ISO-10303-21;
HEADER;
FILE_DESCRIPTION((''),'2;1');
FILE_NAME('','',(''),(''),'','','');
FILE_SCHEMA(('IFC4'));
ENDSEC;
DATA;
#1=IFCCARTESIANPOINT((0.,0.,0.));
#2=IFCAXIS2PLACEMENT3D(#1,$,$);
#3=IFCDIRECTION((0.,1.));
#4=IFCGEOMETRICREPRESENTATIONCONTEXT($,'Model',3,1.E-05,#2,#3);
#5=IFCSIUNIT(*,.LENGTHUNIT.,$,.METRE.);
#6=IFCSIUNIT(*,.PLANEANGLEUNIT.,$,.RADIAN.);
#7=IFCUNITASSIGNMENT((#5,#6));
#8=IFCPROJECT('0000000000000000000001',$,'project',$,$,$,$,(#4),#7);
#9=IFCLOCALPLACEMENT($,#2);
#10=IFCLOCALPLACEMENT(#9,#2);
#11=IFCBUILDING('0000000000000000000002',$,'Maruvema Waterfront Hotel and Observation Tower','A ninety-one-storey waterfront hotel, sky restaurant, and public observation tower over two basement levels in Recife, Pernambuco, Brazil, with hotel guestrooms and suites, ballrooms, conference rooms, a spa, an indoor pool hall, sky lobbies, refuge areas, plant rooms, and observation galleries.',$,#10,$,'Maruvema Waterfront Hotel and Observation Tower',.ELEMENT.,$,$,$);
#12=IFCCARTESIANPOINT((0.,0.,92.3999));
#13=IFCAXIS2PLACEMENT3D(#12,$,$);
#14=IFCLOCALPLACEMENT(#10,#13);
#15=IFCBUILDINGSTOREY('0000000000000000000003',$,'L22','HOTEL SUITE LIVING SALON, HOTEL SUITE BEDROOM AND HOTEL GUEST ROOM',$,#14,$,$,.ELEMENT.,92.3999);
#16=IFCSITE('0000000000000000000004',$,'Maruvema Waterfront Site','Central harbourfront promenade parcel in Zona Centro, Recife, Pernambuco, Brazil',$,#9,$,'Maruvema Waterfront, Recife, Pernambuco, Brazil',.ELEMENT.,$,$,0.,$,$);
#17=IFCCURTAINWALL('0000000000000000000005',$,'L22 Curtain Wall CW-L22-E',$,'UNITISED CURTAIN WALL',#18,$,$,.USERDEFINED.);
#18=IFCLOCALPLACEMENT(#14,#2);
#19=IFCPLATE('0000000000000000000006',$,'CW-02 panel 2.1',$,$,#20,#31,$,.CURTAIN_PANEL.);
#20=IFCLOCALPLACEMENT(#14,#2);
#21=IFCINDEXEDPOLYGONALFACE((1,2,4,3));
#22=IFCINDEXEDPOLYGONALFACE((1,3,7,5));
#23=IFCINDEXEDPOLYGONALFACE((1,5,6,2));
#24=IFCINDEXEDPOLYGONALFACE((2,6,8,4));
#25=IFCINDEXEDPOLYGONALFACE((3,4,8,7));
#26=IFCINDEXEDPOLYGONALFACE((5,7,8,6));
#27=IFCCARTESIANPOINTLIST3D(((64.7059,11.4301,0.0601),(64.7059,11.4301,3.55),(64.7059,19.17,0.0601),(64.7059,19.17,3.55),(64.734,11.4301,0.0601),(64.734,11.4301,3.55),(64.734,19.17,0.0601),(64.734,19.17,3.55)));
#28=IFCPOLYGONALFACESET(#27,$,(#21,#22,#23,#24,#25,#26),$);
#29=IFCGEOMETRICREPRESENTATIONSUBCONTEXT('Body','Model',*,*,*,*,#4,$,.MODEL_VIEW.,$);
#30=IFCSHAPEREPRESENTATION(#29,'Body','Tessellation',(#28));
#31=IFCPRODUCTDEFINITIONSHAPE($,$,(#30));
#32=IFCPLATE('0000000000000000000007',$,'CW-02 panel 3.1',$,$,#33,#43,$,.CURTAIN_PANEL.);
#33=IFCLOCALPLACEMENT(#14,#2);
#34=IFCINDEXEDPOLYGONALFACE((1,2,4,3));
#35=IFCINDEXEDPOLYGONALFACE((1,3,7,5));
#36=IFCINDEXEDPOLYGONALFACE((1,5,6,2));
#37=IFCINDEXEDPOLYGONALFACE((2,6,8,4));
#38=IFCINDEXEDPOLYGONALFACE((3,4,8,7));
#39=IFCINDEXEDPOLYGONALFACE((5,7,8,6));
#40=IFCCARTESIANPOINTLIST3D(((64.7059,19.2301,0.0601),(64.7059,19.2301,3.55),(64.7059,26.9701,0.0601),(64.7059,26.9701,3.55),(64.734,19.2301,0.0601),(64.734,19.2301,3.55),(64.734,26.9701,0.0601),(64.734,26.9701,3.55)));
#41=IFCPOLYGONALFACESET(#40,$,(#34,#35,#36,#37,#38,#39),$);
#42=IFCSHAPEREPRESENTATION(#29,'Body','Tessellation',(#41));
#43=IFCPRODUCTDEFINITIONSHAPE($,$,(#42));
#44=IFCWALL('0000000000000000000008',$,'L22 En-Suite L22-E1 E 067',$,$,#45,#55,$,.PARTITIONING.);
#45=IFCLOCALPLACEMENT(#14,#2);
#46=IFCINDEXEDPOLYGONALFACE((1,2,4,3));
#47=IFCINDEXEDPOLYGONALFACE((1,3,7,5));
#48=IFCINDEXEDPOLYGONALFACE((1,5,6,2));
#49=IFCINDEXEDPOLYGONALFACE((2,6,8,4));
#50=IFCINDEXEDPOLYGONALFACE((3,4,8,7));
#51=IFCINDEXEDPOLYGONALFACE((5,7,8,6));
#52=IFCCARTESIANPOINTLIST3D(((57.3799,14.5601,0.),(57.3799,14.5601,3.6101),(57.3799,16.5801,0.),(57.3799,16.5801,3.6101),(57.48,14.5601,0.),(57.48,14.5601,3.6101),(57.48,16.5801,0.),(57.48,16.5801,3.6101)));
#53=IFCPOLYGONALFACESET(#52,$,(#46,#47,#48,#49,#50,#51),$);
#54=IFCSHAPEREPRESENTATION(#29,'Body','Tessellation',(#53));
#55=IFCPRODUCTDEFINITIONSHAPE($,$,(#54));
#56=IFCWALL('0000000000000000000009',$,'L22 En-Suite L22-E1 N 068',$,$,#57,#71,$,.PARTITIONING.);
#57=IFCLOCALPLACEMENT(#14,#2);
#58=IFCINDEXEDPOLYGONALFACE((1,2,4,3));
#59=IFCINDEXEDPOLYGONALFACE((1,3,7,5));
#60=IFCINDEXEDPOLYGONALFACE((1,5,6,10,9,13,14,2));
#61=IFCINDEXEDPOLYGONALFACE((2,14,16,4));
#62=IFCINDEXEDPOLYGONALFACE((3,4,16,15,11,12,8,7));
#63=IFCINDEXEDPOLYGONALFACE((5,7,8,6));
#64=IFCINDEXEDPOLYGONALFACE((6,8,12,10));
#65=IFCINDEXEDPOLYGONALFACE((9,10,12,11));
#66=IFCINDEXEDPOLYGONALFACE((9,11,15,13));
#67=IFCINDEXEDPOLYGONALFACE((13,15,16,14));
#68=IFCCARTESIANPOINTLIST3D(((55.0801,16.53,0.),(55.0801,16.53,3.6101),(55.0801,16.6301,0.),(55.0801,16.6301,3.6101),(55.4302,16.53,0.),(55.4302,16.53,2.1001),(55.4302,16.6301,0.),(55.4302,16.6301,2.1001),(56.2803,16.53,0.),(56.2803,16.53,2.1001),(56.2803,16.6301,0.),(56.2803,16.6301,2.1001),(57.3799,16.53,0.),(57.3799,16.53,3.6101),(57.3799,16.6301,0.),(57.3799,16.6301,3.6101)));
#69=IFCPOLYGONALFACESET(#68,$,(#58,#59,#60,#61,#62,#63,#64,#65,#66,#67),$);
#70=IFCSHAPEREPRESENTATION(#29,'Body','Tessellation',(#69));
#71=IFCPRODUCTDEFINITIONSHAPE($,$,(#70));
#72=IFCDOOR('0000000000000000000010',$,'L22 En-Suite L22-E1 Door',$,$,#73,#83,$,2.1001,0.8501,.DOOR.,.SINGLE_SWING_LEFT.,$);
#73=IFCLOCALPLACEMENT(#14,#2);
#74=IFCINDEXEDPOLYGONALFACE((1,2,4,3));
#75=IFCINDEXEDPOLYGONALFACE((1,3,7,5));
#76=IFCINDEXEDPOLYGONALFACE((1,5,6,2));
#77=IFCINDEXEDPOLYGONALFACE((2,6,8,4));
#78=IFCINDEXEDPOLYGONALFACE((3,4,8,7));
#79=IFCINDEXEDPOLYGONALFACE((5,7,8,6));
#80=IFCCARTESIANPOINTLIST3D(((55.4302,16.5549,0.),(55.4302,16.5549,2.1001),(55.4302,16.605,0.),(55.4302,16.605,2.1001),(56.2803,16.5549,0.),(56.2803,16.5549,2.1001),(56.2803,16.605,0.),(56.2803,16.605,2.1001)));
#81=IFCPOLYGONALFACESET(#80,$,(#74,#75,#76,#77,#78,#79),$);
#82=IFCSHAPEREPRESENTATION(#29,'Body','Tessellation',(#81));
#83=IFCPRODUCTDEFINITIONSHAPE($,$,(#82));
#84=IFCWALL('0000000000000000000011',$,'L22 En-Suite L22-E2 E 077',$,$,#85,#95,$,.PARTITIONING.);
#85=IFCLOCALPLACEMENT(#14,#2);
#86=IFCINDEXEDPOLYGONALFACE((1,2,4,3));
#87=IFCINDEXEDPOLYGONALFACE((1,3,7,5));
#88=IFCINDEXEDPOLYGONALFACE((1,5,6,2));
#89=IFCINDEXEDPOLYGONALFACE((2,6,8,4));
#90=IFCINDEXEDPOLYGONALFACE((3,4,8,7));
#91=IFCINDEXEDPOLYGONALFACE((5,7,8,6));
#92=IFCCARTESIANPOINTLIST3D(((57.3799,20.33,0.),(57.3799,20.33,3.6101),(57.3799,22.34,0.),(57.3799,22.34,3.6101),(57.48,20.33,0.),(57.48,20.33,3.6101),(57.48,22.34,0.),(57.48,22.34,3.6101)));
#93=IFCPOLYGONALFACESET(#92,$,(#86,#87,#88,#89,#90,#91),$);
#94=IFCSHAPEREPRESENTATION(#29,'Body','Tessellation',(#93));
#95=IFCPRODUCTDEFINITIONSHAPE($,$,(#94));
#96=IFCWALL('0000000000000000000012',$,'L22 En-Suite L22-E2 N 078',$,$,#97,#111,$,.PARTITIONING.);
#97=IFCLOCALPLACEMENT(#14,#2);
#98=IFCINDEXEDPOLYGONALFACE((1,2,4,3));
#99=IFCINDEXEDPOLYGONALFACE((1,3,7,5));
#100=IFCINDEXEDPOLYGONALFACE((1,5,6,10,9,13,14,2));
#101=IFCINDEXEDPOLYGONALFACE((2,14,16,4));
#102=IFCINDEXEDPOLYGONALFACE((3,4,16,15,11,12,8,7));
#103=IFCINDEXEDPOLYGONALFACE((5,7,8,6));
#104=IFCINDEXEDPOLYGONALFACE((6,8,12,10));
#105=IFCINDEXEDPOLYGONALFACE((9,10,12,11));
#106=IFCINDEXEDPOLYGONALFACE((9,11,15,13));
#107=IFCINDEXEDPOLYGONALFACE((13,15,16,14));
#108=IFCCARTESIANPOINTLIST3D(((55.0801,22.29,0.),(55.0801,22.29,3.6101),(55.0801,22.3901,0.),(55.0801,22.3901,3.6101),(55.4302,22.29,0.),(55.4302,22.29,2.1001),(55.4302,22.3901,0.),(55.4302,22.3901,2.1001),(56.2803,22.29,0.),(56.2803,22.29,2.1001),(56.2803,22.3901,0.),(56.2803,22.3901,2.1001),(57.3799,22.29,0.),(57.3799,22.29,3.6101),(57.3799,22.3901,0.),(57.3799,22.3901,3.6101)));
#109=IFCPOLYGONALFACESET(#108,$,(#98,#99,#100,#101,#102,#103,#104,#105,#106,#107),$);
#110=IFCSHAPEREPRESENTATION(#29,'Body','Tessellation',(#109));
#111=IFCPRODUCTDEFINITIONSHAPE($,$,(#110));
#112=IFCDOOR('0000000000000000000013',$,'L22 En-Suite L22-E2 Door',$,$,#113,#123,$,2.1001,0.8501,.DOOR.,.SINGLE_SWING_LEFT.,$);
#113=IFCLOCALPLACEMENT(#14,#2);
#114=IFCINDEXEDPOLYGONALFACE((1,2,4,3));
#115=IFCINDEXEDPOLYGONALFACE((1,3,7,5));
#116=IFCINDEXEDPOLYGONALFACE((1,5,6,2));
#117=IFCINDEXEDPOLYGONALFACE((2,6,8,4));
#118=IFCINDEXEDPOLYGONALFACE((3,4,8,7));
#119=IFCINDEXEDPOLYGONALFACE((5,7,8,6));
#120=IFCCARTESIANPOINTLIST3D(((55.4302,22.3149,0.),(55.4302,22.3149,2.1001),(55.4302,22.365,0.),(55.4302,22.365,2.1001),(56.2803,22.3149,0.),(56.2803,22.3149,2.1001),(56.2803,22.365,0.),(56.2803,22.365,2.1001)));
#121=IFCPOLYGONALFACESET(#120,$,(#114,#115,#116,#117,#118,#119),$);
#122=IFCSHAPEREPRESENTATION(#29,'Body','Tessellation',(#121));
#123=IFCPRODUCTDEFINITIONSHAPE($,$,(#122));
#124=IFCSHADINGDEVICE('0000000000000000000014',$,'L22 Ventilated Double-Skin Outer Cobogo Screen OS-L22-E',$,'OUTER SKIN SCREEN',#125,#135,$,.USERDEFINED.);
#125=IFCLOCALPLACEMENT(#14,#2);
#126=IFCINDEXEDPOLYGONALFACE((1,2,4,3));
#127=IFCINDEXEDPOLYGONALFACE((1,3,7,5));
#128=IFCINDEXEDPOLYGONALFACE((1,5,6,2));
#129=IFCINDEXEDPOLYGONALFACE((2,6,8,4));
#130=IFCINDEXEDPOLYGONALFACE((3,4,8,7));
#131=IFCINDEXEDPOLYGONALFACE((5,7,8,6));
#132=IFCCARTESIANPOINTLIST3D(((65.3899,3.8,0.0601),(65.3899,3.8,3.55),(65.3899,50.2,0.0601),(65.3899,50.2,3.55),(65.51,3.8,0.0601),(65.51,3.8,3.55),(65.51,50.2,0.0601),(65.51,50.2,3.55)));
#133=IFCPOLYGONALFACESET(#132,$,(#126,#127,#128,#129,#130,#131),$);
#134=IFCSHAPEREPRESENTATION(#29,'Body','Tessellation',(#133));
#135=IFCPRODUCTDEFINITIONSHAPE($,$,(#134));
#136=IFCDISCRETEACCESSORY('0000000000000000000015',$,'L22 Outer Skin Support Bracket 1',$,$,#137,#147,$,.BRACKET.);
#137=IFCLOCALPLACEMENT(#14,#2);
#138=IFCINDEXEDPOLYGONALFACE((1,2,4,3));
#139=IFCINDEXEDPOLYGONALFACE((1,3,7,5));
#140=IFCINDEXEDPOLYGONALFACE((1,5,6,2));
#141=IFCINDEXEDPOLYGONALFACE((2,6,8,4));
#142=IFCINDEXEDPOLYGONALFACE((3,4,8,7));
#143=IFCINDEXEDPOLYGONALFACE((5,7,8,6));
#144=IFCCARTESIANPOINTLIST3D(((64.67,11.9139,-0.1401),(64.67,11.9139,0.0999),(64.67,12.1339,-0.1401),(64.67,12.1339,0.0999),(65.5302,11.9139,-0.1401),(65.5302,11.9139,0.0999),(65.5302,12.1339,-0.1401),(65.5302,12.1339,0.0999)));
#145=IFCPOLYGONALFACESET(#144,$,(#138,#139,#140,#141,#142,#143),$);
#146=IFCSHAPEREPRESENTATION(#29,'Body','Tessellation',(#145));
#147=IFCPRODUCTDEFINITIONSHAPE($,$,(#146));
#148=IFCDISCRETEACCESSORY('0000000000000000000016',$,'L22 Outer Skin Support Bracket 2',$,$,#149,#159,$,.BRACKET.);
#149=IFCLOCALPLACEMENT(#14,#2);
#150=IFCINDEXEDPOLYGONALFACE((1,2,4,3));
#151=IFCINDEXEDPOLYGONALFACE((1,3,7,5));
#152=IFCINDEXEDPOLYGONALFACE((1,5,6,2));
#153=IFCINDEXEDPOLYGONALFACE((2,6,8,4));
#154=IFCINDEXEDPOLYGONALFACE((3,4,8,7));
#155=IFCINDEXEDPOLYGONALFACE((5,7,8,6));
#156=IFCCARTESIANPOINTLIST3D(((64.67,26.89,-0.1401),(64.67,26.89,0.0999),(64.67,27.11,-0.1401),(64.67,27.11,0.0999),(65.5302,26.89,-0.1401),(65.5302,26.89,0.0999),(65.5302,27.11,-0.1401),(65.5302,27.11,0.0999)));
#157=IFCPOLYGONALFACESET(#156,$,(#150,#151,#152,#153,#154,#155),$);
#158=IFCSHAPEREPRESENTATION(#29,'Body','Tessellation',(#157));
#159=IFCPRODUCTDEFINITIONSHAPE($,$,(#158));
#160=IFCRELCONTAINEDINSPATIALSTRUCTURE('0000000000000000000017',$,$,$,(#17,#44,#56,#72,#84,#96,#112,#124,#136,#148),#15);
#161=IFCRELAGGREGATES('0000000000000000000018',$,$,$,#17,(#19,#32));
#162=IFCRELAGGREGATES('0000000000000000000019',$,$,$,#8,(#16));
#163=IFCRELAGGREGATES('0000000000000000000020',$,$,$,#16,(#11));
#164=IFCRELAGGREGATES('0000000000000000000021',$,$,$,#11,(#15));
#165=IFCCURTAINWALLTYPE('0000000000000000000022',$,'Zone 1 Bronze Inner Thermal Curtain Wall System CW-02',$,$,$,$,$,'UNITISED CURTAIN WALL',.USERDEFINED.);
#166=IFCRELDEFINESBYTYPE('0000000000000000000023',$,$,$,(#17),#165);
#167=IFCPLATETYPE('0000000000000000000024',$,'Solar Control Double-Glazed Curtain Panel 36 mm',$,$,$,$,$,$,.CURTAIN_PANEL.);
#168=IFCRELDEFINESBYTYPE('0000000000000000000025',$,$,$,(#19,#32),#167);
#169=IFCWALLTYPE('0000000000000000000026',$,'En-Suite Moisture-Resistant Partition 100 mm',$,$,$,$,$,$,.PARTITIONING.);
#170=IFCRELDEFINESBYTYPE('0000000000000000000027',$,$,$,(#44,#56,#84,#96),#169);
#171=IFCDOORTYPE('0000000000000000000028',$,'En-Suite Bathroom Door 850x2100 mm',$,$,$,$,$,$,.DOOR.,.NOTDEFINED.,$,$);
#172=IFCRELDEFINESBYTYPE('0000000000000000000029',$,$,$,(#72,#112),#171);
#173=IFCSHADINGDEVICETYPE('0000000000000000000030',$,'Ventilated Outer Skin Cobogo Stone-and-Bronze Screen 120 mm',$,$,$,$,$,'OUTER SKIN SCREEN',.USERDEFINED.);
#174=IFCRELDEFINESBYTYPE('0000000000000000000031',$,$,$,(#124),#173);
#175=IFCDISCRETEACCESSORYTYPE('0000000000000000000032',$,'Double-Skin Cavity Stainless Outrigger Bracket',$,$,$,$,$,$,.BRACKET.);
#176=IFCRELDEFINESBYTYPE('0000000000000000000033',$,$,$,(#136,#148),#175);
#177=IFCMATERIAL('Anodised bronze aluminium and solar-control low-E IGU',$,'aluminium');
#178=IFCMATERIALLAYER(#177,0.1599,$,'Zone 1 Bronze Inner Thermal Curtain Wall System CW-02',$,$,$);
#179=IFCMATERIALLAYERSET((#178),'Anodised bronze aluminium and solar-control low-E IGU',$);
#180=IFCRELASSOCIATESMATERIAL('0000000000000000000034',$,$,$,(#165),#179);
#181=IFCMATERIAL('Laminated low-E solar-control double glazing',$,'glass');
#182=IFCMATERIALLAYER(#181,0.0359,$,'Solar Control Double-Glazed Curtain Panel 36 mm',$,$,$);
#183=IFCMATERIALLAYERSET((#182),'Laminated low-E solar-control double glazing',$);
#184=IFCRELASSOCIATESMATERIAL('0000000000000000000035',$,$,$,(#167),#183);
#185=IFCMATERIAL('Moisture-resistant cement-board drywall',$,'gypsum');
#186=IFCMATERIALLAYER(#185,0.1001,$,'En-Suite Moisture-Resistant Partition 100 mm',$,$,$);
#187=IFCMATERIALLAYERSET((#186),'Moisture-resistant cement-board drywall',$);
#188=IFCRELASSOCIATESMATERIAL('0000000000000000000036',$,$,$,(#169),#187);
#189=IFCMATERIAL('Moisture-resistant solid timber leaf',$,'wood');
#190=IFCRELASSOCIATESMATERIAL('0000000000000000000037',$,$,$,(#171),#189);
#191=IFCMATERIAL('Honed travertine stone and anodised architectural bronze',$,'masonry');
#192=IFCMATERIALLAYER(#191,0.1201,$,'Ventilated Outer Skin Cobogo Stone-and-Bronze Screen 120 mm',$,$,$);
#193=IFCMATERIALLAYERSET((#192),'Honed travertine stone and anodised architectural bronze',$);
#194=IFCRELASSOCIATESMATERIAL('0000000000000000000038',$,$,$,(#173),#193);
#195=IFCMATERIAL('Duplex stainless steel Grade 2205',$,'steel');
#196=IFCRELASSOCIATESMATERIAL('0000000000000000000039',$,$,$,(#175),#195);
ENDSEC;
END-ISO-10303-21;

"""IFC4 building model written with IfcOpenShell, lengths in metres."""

from ifc_helpers import new_model, si_unit, direction, frame, frame_2d, origin, origin_2d, place, context, subcontext, project, spatial, rectangle, extrude, material, layer, layer_set, type_object, element, fill, aggregate, save


model = new_model("IFC4")

# Units and contexts
model_context = context("Model", 3, precision=1e-05, world=origin(), true_north=direction((0.0, 1.0)))
body_context = subcontext(model_context, "Body", "Model", "MODEL_VIEW")
ifc_project = project(units=[si_unit("LENGTHUNIT", "METRE"), si_unit("PLANEANGLEUNIT", "RADIAN")], contexts=[model_context])

# Site, building, storey
site_placement = place(None, origin())
site = spatial("IfcSite", under=ifc_project, at=site_placement, Name="Maruvema Waterfront Site", Description="Central harbourfront promenade parcel in Zona Centro, Recife, Pernambuco, Brazil", LongName="Maruvema Waterfront, Recife, Pernambuco, Brazil", CompositionType="ELEMENT", RefElevation=0.0)
building_placement = place(site_placement, origin())
building = spatial("IfcBuilding", under=site, at=building_placement, Name="Maruvema Waterfront Hotel and Observation Tower", Description="A ninety-one-storey waterfront hotel, sky restaurant, and public observation tower over two basement levels in Recife, Pernambuco, Brazil, with hotel guestrooms and suites, ballrooms, conference rooms, a spa, an indoor pool hall, sky lobbies, refuge areas, plant rooms, and observation galleries.", LongName="Maruvema Waterfront Hotel and Observation Tower", CompositionType="ELEMENT")
storey_placement = place(building_placement, frame((0.0, 0.0, 92.3999)))
storey = spatial("IfcBuildingStorey", under=building, at=storey_placement, Name="L22", Description="HOTEL SUITE LIVING SALON, HOTEL SUITE BEDROOM AND HOTEL GUEST ROOM", CompositionType="ELEMENT", Elevation=92.3999)

# Curtain wall
ifc_material_1 = material(Name="Anodised bronze aluminium and solar-control low-E IGU", Category="aluminium")
ifc_layer_1 = layer(ifc_material_1, 0.1599, Name="Zone 1 Bronze Inner Thermal Curtain Wall System CW-02")
ifc_layer_set_1 = layer_set([ifc_layer_1], Name="Anodised bronze aluminium and solar-control low-E IGU")
curtain_wall_type = type_object("IfcCurtainWallType", Name="Zone 1 Bronze Inner Thermal Curtain Wall System CW-02", ElementType="UNITISED CURTAIN WALL", PredefinedType="USERDEFINED", material=ifc_layer_set_1)
curtain_wall_placement = place(storey_placement, origin())
curtain_wall = element("IfcCurtainWall", 1, at=curtain_wall_placement, inside=storey, type_object=curtain_wall_type, Name="L22 Curtain Wall CW-L22-E", ObjectType="UNITISED CURTAIN WALL", PredefinedType="USERDEFINED")

# Plates
ifc_material_2 = material(Name="Laminated low-E solar-control double glazing", Category="glass")
ifc_layer_2 = layer(ifc_material_2, 0.0359, Name="Solar Control Double-Glazed Curtain Panel 36 mm")
ifc_layer_set_2 = layer_set([ifc_layer_2], Name="Laminated low-E solar-control double glazing")
plate_type = type_object("IfcPlateType", Name="Solar Control Double-Glazed Curtain Panel 36 mm", PredefinedType="CURTAIN_PANEL", material=ifc_layer_set_2)
plate_1_placement = place(storey_placement, frame((64.72, 15.3, 0.0601), z_axis=(0.0, 0.0, 1.0), x_axis=(0.0, 1.0, 0.0)))
plate_1 = element("IfcPlate", 2, at=plate_1_placement, type_object=plate_type, Name="CW-02 panel 2.1", PredefinedType="CURTAIN_PANEL", context=body_context, shape_type="SweptSolid", body=[
    extrude(rectangle(XDim=7.74, YDim=0.0281, at=origin_2d()), origin(), (0.0, 0.0, 1.0), 3.49),
])
plate_2_placement = place(storey_placement, frame((64.72, 23.1001, 0.0601), z_axis=(0.0, 0.0, 1.0), x_axis=(0.0, 1.0, 0.0)))
plate_2 = element("IfcPlate", 3, at=plate_2_placement, type_object=plate_type, Name="CW-02 panel 3.1", PredefinedType="CURTAIN_PANEL", context=body_context, shape_type="SweptSolid", body=[
    extrude(rectangle(XDim=7.74, YDim=0.0281, at=origin_2d()), origin(), (0.0, 0.0, 1.0), 3.49),
])
aggregate(curtain_wall, [plate_1, plate_2])

# Wall
ifc_material_3 = material(Name="Moisture-resistant cement-board drywall", Category="gypsum")
ifc_layer_3 = layer(ifc_material_3, 0.1001, Name="En-Suite Moisture-Resistant Partition 100 mm")
ifc_layer_set_3 = layer_set([ifc_layer_3], Name="Moisture-resistant cement-board drywall")
wall_type = type_object("IfcWallType", Name="En-Suite Moisture-Resistant Partition 100 mm", PredefinedType="PARTITIONING", material=ifc_layer_set_3)
wall_1_placement = place(storey_placement, frame((57.4299, 14.5601, 0.0), z_axis=(0.0, 0.0, 1.0), x_axis=(0.0, 1.0, 0.0)))
element("IfcWall", 4, at=wall_1_placement, inside=storey, type_object=wall_type, Name="L22 En-Suite L22-E1 E 067", PredefinedType="PARTITIONING", context=body_context, shape_type="SweptSolid", body=[
    extrude(rectangle(XDim=2.02, YDim=0.1001, at=frame_2d((1.01, 0.0))), origin(), (0.0, 0.0, 1.0), 3.6101),
])

# Wall, opening, door
wall_2_placement = place(storey_placement, frame((55.0801, 16.5801, 0.0), z_axis=(0.0, 0.0, 1.0), x_axis=(1.0, 0.0, 0.0)))
wall_2 = element("IfcWall", 5, at=wall_2_placement, inside=storey, type_object=wall_type, Name="L22 En-Suite L22-E1 N 068", PredefinedType="PARTITIONING", context=body_context, shape_type="SweptSolid", body=[
    extrude(rectangle(XDim=2.2998, YDim=0.1001, at=frame_2d((1.1499, 0.0))), origin(), (0.0, 0.0, 1.0), 3.6101),
])
opening_1_placement = place(wall_2_placement, frame((0.3501, 0.0, 0.0)))
opening_1 = element("IfcOpeningElement", 6, at=opening_1_placement, cuts=wall_2, PredefinedType="OPENING", context=body_context, shape_type="SweptSolid", body=[
    extrude(rectangle(XDim=0.8501, YDim=2.1001, at=frame_2d((0.425, 1.05))), frame((0.0, 0.0601, 0.0), z_axis=(0.0, -1.0, 0.0), x_axis=(1.0, 0.0, 0.0)), (0.0, 0.0, 1.0), 0.1201),
])
ifc_material_4 = material(Name="Moisture-resistant solid timber leaf", Category="wood")
door_type = type_object("IfcDoorType", Name="En-Suite Bathroom Door 850x2100 mm", OperationType="NOTDEFINED", PredefinedType="DOOR", material=ifc_material_4)
door_1_placement = place(opening_1_placement, origin())
door_1 = element("IfcDoor", 7, at=door_1_placement, inside=storey, type_object=door_type, Name="L22 En-Suite L22-E1 Door", OperationType="SINGLE_SWING_LEFT", OverallHeight=2.1001, OverallWidth=0.8501, PredefinedType="DOOR", context=body_context, shape_type="SweptSolid", body=[
    extrude(rectangle(XDim=0.8501, YDim=2.1001, at=frame_2d((0.425, 1.05))), frame((0.0, 0.0249, 0.0), z_axis=(0.0, -1.0, 0.0), x_axis=(1.0, 0.0, 0.0)), (0.0, 0.0, 1.0), 0.05),
])
fill(opening_1, door_1)

# Wall
wall_3_placement = place(storey_placement, frame((57.4299, 20.3301, 0.0), z_axis=(0.0, 0.0, 1.0), x_axis=(0.0, 1.0, 0.0)))
element("IfcWall", 8, at=wall_3_placement, inside=storey, type_object=wall_type, Name="L22 En-Suite L22-E2 E 077", PredefinedType="PARTITIONING", context=body_context, shape_type="SweptSolid", body=[
    extrude(rectangle(XDim=2.01, YDim=0.1001, at=frame_2d((1.0049, 0.0))), origin(), (0.0, 0.0, 1.0), 3.6101),
])

# Wall, opening, door
wall_4_placement = place(storey_placement, frame((55.0801, 22.3401, 0.0), z_axis=(0.0, 0.0, 1.0), x_axis=(1.0, 0.0, 0.0)))
wall_4 = element("IfcWall", 9, at=wall_4_placement, inside=storey, type_object=wall_type, Name="L22 En-Suite L22-E2 N 078", PredefinedType="PARTITIONING", context=body_context, shape_type="SweptSolid", body=[
    extrude(rectangle(XDim=2.2998, YDim=0.1001, at=frame_2d((1.1499, 0.0))), origin(), (0.0, 0.0, 1.0), 3.6101),
])
opening_2_placement = place(wall_4_placement, frame((0.3501, 0.0, 0.0)))
opening_2 = element("IfcOpeningElement", 10, at=opening_2_placement, cuts=wall_4, PredefinedType="OPENING", context=body_context, shape_type="SweptSolid", body=[
    extrude(rectangle(XDim=0.8501, YDim=2.1001, at=frame_2d((0.425, 1.05))), frame((0.0, 0.0601, 0.0), z_axis=(0.0, -1.0, 0.0), x_axis=(1.0, 0.0, 0.0)), (0.0, 0.0, 1.0), 0.1201),
])
door_2_placement = place(opening_2_placement, origin())
door_2 = element("IfcDoor", 11, at=door_2_placement, inside=storey, type_object=door_type, Name="L22 En-Suite L22-E2 Door", OperationType="SINGLE_SWING_LEFT", OverallHeight=2.1001, OverallWidth=0.8501, PredefinedType="DOOR", context=body_context, shape_type="SweptSolid", body=[
    extrude(rectangle(XDim=0.8501, YDim=2.1001, at=frame_2d((0.425, 1.05))), frame((0.0, 0.0249, 0.0), z_axis=(0.0, -1.0, 0.0), x_axis=(1.0, 0.0, 0.0)), (0.0, 0.0, 1.0), 0.05),
])
fill(opening_2, door_2)

# Shading device
ifc_material_5 = material(Name="Honed travertine stone and anodised architectural bronze", Category="masonry")
ifc_layer_4 = layer(ifc_material_5, 0.1201, Name="Ventilated Outer Skin Cobogo Stone-and-Bronze Screen 120 mm")
ifc_layer_set_4 = layer_set([ifc_layer_4], Name="Honed travertine stone and anodised architectural bronze")
shading_device_type = type_object("IfcShadingDeviceType", Name="Ventilated Outer Skin Cobogo Stone-and-Bronze Screen 120 mm", ElementType="OUTER SKIN SCREEN", PredefinedType="USERDEFINED", material=ifc_layer_set_4)
shading_device_placement = place(storey_placement, frame((65.45, 27.0, 0.0601), z_axis=(0.0, 0.0, 1.0), x_axis=(0.0, 1.0, 0.0)))
element("IfcShadingDevice", 12, at=shading_device_placement, inside=storey, type_object=shading_device_type, Name="L22 Ventilated Double-Skin Outer Cobogo Screen OS-L22-E", ObjectType="OUTER SKIN SCREEN", PredefinedType="USERDEFINED", context=body_context, shape_type="SweptSolid", body=[
    extrude(rectangle(XDim=46.3999, YDim=0.1201, at=origin_2d()), origin(), (0.0, 0.0, 1.0), 3.49),
])

# Discrete accessories
ifc_material_6 = material(Name="Duplex stainless steel Grade 2205", Category="steel")
discrete_accessory_type = type_object("IfcDiscreteAccessoryType", Name="Double-Skin Cavity Stainless Outrigger Bracket", PredefinedType="BRACKET", material=ifc_material_6)
for number, where, z_axis, x_axis, name in (
    (13, (65.1001, 12.0239, -0.1401), (0.0, 0.0, 1.0), (0.0, 1.0, 0.0), "L22 Outer Skin Support Bracket 1"),
    (14, (65.1001, 27.0, -0.1401), (0.0, 0.0, 1.0), (0.0, 1.0, 0.0), "L22 Outer Skin Support Bracket 2"),
):
    element("IfcDiscreteAccessory", number, at=place(storey_placement, frame(where, z_axis=z_axis, x_axis=x_axis)), inside=storey, type_object=discrete_accessory_type, Name=name, PredefinedType="BRACKET", context=body_context, shape_type="SweptSolid", body=[
        extrude(rectangle(XDim=0.22, YDim=0.8601, at=origin_2d()), origin(), (0.0, 0.0, 1.0), 0.24),
    ])

save(model, "model.ifc")
